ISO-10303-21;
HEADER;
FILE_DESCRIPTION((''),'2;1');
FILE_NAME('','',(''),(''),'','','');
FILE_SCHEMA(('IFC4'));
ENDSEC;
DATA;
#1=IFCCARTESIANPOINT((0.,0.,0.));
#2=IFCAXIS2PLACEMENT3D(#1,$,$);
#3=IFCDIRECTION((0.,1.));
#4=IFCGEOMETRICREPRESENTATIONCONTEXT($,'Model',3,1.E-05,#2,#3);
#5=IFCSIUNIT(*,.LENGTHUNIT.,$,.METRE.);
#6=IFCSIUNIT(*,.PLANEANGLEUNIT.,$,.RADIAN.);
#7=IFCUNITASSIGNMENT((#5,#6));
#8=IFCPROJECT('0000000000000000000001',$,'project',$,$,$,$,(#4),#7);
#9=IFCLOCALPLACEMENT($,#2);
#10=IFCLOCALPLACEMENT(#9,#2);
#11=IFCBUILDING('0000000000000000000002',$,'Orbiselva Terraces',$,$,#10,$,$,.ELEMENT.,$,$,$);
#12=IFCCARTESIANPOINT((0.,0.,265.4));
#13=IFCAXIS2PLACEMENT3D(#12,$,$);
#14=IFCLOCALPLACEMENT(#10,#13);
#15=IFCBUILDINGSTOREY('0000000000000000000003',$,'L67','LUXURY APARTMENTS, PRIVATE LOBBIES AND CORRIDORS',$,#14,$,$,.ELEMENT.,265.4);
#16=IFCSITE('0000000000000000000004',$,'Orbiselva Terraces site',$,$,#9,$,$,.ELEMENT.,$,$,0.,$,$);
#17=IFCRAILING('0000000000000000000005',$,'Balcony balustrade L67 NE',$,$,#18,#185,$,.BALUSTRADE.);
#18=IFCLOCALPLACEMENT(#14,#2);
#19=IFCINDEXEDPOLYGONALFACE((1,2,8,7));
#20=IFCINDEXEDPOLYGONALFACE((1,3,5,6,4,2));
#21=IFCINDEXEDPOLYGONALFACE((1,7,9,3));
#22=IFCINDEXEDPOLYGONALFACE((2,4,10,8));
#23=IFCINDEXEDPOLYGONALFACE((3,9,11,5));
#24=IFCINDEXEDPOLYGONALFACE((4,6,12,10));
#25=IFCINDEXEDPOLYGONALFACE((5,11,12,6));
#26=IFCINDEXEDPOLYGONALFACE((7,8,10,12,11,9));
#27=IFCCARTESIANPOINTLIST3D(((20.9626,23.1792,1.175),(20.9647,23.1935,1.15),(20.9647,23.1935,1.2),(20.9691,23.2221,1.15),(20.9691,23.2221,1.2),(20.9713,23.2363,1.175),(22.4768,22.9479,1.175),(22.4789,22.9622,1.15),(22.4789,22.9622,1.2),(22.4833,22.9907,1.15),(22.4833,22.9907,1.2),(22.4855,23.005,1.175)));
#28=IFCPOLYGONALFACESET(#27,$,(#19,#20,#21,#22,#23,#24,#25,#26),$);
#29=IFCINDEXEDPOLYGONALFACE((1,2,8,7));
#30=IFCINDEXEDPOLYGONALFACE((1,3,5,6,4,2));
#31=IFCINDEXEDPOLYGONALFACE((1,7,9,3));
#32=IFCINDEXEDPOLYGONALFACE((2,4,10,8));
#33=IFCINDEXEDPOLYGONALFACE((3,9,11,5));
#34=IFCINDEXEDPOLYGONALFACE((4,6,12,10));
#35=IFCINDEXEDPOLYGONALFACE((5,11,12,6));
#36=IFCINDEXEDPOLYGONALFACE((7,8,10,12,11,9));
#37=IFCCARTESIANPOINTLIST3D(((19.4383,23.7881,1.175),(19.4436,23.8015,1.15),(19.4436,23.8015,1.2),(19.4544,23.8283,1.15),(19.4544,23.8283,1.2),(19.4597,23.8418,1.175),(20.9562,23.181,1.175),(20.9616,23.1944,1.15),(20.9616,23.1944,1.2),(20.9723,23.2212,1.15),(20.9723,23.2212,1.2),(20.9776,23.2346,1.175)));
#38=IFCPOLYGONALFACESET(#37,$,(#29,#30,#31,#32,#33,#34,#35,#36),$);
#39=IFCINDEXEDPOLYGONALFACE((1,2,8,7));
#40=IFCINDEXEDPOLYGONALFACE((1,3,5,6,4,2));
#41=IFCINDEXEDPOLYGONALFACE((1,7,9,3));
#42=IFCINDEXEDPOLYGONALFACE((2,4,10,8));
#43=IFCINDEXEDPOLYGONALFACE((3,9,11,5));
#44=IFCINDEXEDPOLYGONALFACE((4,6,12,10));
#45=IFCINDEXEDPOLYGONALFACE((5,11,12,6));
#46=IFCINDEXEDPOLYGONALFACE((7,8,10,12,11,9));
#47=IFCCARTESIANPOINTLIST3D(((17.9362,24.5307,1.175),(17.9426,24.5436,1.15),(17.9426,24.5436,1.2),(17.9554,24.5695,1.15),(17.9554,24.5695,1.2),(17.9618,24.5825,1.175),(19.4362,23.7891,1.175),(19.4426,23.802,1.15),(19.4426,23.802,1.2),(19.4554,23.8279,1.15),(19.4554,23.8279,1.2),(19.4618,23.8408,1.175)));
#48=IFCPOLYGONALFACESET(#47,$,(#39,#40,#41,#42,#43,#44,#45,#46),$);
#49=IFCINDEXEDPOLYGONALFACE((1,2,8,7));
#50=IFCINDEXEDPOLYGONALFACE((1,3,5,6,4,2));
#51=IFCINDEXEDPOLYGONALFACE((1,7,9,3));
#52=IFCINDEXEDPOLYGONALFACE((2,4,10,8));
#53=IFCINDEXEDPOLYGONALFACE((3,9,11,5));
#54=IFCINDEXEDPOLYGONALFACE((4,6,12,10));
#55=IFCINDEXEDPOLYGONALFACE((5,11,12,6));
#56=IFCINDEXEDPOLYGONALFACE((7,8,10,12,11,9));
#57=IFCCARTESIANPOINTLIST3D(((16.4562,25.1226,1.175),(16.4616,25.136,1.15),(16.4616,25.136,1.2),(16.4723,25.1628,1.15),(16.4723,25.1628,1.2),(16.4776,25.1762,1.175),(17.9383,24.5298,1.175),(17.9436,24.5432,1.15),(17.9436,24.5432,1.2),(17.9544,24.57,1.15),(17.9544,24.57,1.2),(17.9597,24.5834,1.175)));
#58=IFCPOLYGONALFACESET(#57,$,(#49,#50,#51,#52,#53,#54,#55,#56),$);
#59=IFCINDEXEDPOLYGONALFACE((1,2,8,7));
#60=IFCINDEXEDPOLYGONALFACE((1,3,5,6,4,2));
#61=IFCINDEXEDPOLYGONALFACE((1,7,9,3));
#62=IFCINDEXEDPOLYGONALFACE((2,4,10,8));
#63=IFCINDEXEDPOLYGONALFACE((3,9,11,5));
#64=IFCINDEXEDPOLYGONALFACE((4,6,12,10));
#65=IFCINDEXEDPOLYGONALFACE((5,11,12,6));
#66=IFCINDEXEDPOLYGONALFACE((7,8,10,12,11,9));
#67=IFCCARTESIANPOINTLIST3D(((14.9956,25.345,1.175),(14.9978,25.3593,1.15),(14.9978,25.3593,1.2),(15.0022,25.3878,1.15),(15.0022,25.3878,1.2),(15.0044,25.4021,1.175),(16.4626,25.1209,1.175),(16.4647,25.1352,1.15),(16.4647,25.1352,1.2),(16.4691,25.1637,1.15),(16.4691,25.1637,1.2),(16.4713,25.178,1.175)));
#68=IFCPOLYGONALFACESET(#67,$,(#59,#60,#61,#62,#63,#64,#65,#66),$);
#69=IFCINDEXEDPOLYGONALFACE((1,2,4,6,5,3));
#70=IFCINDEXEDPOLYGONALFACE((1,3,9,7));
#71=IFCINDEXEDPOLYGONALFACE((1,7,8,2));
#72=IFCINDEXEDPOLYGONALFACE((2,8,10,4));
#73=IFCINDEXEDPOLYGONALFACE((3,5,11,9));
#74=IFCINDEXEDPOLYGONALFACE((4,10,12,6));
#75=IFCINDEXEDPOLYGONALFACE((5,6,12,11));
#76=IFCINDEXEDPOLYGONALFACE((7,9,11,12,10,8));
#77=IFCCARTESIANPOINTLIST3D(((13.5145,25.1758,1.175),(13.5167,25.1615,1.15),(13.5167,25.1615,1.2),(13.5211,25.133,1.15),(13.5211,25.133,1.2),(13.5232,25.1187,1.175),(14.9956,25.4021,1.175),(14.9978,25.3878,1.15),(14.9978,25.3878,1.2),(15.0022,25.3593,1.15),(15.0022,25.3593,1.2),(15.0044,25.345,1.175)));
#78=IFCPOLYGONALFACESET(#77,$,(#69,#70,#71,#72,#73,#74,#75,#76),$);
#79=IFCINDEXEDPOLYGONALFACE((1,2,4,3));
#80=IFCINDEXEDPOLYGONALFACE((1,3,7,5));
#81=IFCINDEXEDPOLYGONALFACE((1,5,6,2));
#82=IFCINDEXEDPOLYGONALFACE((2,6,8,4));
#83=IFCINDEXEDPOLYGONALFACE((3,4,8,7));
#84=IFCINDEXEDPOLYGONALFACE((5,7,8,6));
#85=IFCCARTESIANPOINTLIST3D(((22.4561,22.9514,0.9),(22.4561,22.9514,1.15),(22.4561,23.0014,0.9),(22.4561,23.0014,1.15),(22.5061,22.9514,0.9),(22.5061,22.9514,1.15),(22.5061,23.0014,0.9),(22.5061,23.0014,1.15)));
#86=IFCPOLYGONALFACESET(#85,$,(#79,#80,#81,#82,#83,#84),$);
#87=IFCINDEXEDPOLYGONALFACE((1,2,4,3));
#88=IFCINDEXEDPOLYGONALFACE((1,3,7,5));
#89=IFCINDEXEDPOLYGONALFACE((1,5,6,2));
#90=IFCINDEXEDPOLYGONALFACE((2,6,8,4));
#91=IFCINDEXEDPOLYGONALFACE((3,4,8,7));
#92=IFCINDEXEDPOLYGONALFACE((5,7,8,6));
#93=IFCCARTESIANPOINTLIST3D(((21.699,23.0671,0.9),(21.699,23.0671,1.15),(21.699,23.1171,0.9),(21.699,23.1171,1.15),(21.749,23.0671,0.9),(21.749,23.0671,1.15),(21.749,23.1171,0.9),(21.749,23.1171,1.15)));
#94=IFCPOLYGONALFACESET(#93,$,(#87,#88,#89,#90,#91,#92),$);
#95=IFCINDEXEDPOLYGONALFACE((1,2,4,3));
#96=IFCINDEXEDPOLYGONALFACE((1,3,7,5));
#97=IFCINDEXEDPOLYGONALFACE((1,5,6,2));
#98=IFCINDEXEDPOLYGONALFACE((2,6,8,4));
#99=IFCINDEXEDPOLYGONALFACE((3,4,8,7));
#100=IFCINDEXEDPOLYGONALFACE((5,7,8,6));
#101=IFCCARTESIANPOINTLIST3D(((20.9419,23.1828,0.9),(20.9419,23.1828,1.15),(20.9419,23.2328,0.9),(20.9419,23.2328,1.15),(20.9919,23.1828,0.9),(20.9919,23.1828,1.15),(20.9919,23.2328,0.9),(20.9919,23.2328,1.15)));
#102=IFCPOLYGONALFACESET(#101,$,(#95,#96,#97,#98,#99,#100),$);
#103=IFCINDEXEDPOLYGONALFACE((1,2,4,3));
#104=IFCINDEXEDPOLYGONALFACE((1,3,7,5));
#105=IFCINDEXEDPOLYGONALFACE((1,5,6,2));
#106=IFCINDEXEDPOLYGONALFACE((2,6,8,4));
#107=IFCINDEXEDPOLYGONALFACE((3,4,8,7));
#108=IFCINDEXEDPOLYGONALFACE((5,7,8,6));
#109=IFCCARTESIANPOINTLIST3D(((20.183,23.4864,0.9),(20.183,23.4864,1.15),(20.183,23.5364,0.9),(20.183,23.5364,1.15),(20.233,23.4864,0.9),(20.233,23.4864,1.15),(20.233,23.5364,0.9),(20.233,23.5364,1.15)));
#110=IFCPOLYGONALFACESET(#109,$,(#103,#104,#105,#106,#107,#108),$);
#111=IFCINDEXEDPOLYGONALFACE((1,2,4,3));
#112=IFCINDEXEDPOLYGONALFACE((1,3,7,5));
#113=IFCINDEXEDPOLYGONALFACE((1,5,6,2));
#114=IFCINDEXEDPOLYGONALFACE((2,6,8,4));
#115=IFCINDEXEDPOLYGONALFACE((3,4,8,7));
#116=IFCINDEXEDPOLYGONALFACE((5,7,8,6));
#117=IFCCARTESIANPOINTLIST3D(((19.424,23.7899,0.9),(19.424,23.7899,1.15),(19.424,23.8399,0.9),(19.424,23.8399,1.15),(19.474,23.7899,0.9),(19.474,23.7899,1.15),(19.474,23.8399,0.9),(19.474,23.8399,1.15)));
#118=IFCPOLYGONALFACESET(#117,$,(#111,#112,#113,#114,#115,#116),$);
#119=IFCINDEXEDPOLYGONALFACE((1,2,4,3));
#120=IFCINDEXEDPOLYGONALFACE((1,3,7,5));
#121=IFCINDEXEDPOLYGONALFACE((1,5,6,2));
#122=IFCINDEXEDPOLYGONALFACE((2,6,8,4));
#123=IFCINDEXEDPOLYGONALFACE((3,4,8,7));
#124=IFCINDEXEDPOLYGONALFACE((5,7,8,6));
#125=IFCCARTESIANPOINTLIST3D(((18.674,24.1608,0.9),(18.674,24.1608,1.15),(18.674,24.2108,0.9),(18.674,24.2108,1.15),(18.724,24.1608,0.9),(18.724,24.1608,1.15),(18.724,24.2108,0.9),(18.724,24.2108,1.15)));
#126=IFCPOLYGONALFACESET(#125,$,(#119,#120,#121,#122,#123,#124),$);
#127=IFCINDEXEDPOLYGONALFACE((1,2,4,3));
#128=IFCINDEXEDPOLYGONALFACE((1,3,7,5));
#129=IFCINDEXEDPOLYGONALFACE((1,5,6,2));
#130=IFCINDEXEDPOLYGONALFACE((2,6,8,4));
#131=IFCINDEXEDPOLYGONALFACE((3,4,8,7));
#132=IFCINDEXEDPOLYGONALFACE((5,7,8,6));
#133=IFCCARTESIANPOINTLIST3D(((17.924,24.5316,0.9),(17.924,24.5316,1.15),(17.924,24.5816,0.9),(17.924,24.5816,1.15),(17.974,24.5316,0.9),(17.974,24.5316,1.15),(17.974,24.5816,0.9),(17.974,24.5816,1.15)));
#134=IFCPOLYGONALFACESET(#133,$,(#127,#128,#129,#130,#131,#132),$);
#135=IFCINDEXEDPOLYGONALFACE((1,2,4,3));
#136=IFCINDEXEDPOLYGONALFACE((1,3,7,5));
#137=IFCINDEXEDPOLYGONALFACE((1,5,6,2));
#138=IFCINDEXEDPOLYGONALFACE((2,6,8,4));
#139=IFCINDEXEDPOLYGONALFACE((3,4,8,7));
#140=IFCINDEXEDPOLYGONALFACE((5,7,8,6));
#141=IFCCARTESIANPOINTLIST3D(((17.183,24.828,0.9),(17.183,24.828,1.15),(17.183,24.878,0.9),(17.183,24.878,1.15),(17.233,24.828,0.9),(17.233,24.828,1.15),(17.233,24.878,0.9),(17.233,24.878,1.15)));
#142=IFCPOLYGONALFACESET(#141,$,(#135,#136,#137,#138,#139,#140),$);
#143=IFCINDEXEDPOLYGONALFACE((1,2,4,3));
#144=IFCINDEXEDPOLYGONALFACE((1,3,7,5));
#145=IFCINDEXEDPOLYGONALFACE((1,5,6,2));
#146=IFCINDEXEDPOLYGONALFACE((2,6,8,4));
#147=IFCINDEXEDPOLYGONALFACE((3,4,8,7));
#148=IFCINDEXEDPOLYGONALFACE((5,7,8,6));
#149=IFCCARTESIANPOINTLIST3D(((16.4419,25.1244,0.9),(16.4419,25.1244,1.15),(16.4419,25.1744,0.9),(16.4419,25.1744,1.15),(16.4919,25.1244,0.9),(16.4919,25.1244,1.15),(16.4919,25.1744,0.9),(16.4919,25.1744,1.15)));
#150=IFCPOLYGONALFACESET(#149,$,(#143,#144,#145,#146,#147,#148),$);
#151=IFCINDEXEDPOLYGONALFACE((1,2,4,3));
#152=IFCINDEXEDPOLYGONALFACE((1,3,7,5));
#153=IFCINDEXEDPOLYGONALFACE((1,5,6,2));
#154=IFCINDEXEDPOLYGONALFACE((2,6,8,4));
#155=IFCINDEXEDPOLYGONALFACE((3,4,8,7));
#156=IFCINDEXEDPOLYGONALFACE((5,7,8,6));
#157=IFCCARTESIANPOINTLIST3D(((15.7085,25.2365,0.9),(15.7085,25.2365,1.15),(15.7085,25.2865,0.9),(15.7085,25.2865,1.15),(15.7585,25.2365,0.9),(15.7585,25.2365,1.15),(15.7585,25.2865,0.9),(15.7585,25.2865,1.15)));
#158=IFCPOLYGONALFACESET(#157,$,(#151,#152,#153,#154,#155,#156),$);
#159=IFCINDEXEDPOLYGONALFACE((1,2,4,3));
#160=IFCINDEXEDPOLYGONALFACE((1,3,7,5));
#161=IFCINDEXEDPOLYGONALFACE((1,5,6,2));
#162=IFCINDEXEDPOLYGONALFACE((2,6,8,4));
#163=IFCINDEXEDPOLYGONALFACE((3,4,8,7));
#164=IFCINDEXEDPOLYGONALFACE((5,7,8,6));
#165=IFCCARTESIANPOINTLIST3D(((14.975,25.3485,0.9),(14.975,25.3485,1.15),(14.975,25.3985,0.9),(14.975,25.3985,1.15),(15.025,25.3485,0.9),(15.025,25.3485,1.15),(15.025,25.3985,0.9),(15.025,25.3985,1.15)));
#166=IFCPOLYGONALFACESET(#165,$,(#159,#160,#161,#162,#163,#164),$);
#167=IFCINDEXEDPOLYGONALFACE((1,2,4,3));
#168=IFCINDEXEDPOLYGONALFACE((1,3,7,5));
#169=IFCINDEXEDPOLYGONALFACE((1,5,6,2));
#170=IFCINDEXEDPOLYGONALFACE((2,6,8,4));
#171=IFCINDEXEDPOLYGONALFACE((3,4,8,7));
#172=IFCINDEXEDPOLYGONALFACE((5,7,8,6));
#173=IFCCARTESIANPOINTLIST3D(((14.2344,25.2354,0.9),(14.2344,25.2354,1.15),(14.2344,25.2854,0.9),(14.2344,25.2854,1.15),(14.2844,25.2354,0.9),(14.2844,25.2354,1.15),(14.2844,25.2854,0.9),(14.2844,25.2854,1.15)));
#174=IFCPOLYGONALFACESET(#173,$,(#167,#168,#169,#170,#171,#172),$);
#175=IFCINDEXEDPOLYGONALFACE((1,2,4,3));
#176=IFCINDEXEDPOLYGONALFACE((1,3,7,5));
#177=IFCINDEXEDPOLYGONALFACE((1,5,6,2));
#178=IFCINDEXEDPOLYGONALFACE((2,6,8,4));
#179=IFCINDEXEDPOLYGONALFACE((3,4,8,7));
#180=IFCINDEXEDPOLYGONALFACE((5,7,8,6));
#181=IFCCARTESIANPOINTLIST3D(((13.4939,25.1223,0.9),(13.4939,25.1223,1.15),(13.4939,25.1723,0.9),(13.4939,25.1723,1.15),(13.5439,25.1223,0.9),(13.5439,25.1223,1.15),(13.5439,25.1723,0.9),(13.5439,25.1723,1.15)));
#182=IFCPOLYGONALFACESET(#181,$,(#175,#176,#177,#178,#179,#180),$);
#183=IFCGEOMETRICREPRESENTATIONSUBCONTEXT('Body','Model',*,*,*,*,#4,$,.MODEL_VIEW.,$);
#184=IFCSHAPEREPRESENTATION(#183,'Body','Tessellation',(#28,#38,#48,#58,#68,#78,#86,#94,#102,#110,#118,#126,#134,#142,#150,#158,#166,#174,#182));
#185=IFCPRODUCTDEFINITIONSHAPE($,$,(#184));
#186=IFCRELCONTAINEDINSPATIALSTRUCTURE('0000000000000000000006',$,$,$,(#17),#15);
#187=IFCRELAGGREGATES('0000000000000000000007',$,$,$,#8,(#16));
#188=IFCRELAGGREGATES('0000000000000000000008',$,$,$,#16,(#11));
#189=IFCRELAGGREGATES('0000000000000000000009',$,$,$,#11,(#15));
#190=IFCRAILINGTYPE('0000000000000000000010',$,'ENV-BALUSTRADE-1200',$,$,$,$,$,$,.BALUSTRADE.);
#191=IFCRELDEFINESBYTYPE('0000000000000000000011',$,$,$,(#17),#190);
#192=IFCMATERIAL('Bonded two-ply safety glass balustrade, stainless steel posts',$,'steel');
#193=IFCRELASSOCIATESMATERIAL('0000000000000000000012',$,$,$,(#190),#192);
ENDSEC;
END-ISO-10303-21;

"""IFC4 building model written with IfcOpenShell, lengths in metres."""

from ifc_helpers import new_model, si_unit, direction, frame, origin, origin_2d, place, context, subcontext, project, spatial, polyline, rectangle, outline, extrude, material, type_object, element, save


model = new_model("IFC4")

# Units and contexts
model_context = context("Model", 3, precision=1e-05, world=origin(), true_north=direction((0.0, 1.0)))
body_context = subcontext(model_context, "Body", "Model", "MODEL_VIEW")
ifc_project = project(units=[si_unit("LENGTHUNIT", "METRE"), si_unit("PLANEANGLEUNIT", "RADIAN")], contexts=[model_context])

# Site, building, storey
site_placement = place(None, origin())
site = spatial("IfcSite", under=ifc_project, at=site_placement, Name="Orbiselva Terraces site", CompositionType="ELEMENT", RefElevation=0.0)
building_placement = place(site_placement, origin())
building = spatial("IfcBuilding", under=site, at=building_placement, Name="Orbiselva Terraces", CompositionType="ELEMENT")
storey_placement = place(building_placement, frame((0.0, 0.0, 265.4)))
storey = spatial("IfcBuildingStorey", under=building, at=storey_placement, Name="L67", Description="LUXURY APARTMENTS, PRIVATE LOBBIES AND CORRIDORS", CompositionType="ELEMENT", Elevation=265.4)

# Railing
ifc_material_1 = material(Name="Bonded two-ply safety glass balustrade, stainless steel posts", Category="steel")
railing_type_1 = type_object("IfcRailingType", Name="ENV-BALUSTRADE-1200", PredefinedType="BALUSTRADE", material=ifc_material_1)
railing_1_placement = place(storey_placement, frame((22.4811, 22.9764, 0.9)))
element("IfcRailing", 1, at=railing_1_placement, inside=storey, type_object=railing_type_1, Name="Balcony balustrade L67 NE", PredefinedType="BALUSTRADE", context=body_context, shape_type="SweptSolid", body=[
    extrude(outline(polyline([(0.0289, 0.0), (0.0144, 0.025), (-0.0144, 0.025), (-0.0289, 0.0), (-0.0144, -0.025), (0.0144, -0.025), (0.0289, 0.0)])), frame((0.0, 0.0, 0.275), z_axis=(-0.988529, 0.151034, 0.0), x_axis=(-0.151034, -0.988529, 0.0)), (0.0, 0.0, 1.0), 1.5318),
    extrude(outline(polyline([(0.0289, 0.0), (0.0144, 0.025), (-0.0144, 0.025), (-0.0289, 0.0), (-0.0144, -0.025), (0.0144, -0.025), (0.0289, 0.0)])), frame((-1.5142, 0.2314, 0.275), z_axis=(-0.928477, 0.37139, 0.0), x_axis=(-0.37139, -0.928477, 0.0)), (0.0, 0.0, 1.0), 1.6348),
    extrude(outline(polyline([(0.0289, 0.0), (0.0144, 0.025), (-0.0144, 0.025), (-0.0289, 0.0), (-0.0144, -0.025), (0.0144, -0.025), (0.0289, 0.0)])), frame((-3.0321, 0.8385, 0.275), z_axis=(-0.896417, 0.443212, 0.0), x_axis=(-0.443212, -0.896417, 0.0)), (0.0, 0.0, 1.0), 1.6733),
    extrude(outline(polyline([(0.0289, 0.0), (0.0144, 0.025), (-0.0144, 0.025), (-0.0289, 0.0), (-0.0144, -0.025), (0.0144, -0.025), (0.0289, 0.0)])), frame((-4.5321, 1.5802, 0.275), z_axis=(-0.928477, 0.371391, 0.0), x_axis=(-0.371391, -0.928477, 0.0)), (0.0, 0.0, 1.0), 1.5963),
    extrude(outline(polyline([(0.0289, 0.0), (0.0144, 0.025), (-0.0144, 0.025), (-0.0289, 0.0), (-0.0144, -0.025), (0.0144, -0.025), (0.0289, 0.0)])), frame((-6.0142, 2.173, 0.275), z_axis=(-0.988529, 0.151034, 0.0), x_axis=(-0.151034, -0.988529, 0.0)), (0.0, 0.0, 1.0), 1.4839),
    extrude(outline(polyline([(0.0289, 0.0), (0.0144, 0.025), (-0.0144, 0.025), (-0.0289, 0.0), (-0.0144, -0.025), (0.0144, -0.025), (0.0289, 0.0)])), frame((-7.4811, 2.3971, 0.275), z_axis=(-0.988529, -0.151034, 0.0), x_axis=(0.151034, -0.988529, 0.0)), (0.0, 0.0, 1.0), 1.4983),
    extrude(rectangle(XDim=0.05, YDim=0.05, at=origin_2d()), origin(), (0.0, 0.0, 1.0), 0.25),
    extrude(rectangle(XDim=0.05, YDim=0.05, at=origin_2d()), frame((-0.7571, 0.1157, 0.0)), (0.0, 0.0, 1.0), 0.25),
    extrude(rectangle(XDim=0.05, YDim=0.05, at=origin_2d()), frame((-1.5142, 0.2314, 0.0)), (0.0, 0.0, 1.0), 0.25),
    extrude(rectangle(XDim=0.05, YDim=0.05, at=origin_2d()), frame((-2.2732, 0.5349, 0.0)), (0.0, 0.0, 1.0), 0.25),
    extrude(rectangle(XDim=0.05, YDim=0.05, at=origin_2d()), frame((-3.0321, 0.8385, 0.0)), (0.0, 0.0, 1.0), 0.25),
    extrude(rectangle(XDim=0.05, YDim=0.05, at=origin_2d()), frame((-3.7821, 1.2093, 0.0)), (0.0, 0.0, 1.0), 0.25),
    extrude(rectangle(XDim=0.05, YDim=0.05, at=origin_2d()), frame((-4.5321, 1.5802, 0.0)), (0.0, 0.0, 1.0), 0.25),
    extrude(rectangle(XDim=0.05, YDim=0.05, at=origin_2d()), frame((-5.2732, 1.8766, 0.0)), (0.0, 0.0, 1.0), 0.25),
    extrude(rectangle(XDim=0.05, YDim=0.05, at=origin_2d()), frame((-6.0142, 2.173, 0.0)), (0.0, 0.0, 1.0), 0.25),
    extrude(rectangle(XDim=0.05, YDim=0.05, at=origin_2d()), frame((-6.7477, 2.2851, 0.0)), (0.0, 0.0, 1.0), 0.25),
    extrude(rectangle(XDim=0.05, YDim=0.05, at=origin_2d()), frame((-7.4811, 2.3971, 0.0)), (0.0, 0.0, 1.0), 0.25),
    extrude(rectangle(XDim=0.05, YDim=0.05, at=origin_2d()), frame((-8.2217, 2.284, 0.0)), (0.0, 0.0, 1.0), 0.25),
    extrude(rectangle(XDim=0.05, YDim=0.05, at=origin_2d()), frame((-8.9622, 2.1708, 0.0)), (0.0, 0.0, 1.0), 0.25),
])

save(model, "model.ifc")
